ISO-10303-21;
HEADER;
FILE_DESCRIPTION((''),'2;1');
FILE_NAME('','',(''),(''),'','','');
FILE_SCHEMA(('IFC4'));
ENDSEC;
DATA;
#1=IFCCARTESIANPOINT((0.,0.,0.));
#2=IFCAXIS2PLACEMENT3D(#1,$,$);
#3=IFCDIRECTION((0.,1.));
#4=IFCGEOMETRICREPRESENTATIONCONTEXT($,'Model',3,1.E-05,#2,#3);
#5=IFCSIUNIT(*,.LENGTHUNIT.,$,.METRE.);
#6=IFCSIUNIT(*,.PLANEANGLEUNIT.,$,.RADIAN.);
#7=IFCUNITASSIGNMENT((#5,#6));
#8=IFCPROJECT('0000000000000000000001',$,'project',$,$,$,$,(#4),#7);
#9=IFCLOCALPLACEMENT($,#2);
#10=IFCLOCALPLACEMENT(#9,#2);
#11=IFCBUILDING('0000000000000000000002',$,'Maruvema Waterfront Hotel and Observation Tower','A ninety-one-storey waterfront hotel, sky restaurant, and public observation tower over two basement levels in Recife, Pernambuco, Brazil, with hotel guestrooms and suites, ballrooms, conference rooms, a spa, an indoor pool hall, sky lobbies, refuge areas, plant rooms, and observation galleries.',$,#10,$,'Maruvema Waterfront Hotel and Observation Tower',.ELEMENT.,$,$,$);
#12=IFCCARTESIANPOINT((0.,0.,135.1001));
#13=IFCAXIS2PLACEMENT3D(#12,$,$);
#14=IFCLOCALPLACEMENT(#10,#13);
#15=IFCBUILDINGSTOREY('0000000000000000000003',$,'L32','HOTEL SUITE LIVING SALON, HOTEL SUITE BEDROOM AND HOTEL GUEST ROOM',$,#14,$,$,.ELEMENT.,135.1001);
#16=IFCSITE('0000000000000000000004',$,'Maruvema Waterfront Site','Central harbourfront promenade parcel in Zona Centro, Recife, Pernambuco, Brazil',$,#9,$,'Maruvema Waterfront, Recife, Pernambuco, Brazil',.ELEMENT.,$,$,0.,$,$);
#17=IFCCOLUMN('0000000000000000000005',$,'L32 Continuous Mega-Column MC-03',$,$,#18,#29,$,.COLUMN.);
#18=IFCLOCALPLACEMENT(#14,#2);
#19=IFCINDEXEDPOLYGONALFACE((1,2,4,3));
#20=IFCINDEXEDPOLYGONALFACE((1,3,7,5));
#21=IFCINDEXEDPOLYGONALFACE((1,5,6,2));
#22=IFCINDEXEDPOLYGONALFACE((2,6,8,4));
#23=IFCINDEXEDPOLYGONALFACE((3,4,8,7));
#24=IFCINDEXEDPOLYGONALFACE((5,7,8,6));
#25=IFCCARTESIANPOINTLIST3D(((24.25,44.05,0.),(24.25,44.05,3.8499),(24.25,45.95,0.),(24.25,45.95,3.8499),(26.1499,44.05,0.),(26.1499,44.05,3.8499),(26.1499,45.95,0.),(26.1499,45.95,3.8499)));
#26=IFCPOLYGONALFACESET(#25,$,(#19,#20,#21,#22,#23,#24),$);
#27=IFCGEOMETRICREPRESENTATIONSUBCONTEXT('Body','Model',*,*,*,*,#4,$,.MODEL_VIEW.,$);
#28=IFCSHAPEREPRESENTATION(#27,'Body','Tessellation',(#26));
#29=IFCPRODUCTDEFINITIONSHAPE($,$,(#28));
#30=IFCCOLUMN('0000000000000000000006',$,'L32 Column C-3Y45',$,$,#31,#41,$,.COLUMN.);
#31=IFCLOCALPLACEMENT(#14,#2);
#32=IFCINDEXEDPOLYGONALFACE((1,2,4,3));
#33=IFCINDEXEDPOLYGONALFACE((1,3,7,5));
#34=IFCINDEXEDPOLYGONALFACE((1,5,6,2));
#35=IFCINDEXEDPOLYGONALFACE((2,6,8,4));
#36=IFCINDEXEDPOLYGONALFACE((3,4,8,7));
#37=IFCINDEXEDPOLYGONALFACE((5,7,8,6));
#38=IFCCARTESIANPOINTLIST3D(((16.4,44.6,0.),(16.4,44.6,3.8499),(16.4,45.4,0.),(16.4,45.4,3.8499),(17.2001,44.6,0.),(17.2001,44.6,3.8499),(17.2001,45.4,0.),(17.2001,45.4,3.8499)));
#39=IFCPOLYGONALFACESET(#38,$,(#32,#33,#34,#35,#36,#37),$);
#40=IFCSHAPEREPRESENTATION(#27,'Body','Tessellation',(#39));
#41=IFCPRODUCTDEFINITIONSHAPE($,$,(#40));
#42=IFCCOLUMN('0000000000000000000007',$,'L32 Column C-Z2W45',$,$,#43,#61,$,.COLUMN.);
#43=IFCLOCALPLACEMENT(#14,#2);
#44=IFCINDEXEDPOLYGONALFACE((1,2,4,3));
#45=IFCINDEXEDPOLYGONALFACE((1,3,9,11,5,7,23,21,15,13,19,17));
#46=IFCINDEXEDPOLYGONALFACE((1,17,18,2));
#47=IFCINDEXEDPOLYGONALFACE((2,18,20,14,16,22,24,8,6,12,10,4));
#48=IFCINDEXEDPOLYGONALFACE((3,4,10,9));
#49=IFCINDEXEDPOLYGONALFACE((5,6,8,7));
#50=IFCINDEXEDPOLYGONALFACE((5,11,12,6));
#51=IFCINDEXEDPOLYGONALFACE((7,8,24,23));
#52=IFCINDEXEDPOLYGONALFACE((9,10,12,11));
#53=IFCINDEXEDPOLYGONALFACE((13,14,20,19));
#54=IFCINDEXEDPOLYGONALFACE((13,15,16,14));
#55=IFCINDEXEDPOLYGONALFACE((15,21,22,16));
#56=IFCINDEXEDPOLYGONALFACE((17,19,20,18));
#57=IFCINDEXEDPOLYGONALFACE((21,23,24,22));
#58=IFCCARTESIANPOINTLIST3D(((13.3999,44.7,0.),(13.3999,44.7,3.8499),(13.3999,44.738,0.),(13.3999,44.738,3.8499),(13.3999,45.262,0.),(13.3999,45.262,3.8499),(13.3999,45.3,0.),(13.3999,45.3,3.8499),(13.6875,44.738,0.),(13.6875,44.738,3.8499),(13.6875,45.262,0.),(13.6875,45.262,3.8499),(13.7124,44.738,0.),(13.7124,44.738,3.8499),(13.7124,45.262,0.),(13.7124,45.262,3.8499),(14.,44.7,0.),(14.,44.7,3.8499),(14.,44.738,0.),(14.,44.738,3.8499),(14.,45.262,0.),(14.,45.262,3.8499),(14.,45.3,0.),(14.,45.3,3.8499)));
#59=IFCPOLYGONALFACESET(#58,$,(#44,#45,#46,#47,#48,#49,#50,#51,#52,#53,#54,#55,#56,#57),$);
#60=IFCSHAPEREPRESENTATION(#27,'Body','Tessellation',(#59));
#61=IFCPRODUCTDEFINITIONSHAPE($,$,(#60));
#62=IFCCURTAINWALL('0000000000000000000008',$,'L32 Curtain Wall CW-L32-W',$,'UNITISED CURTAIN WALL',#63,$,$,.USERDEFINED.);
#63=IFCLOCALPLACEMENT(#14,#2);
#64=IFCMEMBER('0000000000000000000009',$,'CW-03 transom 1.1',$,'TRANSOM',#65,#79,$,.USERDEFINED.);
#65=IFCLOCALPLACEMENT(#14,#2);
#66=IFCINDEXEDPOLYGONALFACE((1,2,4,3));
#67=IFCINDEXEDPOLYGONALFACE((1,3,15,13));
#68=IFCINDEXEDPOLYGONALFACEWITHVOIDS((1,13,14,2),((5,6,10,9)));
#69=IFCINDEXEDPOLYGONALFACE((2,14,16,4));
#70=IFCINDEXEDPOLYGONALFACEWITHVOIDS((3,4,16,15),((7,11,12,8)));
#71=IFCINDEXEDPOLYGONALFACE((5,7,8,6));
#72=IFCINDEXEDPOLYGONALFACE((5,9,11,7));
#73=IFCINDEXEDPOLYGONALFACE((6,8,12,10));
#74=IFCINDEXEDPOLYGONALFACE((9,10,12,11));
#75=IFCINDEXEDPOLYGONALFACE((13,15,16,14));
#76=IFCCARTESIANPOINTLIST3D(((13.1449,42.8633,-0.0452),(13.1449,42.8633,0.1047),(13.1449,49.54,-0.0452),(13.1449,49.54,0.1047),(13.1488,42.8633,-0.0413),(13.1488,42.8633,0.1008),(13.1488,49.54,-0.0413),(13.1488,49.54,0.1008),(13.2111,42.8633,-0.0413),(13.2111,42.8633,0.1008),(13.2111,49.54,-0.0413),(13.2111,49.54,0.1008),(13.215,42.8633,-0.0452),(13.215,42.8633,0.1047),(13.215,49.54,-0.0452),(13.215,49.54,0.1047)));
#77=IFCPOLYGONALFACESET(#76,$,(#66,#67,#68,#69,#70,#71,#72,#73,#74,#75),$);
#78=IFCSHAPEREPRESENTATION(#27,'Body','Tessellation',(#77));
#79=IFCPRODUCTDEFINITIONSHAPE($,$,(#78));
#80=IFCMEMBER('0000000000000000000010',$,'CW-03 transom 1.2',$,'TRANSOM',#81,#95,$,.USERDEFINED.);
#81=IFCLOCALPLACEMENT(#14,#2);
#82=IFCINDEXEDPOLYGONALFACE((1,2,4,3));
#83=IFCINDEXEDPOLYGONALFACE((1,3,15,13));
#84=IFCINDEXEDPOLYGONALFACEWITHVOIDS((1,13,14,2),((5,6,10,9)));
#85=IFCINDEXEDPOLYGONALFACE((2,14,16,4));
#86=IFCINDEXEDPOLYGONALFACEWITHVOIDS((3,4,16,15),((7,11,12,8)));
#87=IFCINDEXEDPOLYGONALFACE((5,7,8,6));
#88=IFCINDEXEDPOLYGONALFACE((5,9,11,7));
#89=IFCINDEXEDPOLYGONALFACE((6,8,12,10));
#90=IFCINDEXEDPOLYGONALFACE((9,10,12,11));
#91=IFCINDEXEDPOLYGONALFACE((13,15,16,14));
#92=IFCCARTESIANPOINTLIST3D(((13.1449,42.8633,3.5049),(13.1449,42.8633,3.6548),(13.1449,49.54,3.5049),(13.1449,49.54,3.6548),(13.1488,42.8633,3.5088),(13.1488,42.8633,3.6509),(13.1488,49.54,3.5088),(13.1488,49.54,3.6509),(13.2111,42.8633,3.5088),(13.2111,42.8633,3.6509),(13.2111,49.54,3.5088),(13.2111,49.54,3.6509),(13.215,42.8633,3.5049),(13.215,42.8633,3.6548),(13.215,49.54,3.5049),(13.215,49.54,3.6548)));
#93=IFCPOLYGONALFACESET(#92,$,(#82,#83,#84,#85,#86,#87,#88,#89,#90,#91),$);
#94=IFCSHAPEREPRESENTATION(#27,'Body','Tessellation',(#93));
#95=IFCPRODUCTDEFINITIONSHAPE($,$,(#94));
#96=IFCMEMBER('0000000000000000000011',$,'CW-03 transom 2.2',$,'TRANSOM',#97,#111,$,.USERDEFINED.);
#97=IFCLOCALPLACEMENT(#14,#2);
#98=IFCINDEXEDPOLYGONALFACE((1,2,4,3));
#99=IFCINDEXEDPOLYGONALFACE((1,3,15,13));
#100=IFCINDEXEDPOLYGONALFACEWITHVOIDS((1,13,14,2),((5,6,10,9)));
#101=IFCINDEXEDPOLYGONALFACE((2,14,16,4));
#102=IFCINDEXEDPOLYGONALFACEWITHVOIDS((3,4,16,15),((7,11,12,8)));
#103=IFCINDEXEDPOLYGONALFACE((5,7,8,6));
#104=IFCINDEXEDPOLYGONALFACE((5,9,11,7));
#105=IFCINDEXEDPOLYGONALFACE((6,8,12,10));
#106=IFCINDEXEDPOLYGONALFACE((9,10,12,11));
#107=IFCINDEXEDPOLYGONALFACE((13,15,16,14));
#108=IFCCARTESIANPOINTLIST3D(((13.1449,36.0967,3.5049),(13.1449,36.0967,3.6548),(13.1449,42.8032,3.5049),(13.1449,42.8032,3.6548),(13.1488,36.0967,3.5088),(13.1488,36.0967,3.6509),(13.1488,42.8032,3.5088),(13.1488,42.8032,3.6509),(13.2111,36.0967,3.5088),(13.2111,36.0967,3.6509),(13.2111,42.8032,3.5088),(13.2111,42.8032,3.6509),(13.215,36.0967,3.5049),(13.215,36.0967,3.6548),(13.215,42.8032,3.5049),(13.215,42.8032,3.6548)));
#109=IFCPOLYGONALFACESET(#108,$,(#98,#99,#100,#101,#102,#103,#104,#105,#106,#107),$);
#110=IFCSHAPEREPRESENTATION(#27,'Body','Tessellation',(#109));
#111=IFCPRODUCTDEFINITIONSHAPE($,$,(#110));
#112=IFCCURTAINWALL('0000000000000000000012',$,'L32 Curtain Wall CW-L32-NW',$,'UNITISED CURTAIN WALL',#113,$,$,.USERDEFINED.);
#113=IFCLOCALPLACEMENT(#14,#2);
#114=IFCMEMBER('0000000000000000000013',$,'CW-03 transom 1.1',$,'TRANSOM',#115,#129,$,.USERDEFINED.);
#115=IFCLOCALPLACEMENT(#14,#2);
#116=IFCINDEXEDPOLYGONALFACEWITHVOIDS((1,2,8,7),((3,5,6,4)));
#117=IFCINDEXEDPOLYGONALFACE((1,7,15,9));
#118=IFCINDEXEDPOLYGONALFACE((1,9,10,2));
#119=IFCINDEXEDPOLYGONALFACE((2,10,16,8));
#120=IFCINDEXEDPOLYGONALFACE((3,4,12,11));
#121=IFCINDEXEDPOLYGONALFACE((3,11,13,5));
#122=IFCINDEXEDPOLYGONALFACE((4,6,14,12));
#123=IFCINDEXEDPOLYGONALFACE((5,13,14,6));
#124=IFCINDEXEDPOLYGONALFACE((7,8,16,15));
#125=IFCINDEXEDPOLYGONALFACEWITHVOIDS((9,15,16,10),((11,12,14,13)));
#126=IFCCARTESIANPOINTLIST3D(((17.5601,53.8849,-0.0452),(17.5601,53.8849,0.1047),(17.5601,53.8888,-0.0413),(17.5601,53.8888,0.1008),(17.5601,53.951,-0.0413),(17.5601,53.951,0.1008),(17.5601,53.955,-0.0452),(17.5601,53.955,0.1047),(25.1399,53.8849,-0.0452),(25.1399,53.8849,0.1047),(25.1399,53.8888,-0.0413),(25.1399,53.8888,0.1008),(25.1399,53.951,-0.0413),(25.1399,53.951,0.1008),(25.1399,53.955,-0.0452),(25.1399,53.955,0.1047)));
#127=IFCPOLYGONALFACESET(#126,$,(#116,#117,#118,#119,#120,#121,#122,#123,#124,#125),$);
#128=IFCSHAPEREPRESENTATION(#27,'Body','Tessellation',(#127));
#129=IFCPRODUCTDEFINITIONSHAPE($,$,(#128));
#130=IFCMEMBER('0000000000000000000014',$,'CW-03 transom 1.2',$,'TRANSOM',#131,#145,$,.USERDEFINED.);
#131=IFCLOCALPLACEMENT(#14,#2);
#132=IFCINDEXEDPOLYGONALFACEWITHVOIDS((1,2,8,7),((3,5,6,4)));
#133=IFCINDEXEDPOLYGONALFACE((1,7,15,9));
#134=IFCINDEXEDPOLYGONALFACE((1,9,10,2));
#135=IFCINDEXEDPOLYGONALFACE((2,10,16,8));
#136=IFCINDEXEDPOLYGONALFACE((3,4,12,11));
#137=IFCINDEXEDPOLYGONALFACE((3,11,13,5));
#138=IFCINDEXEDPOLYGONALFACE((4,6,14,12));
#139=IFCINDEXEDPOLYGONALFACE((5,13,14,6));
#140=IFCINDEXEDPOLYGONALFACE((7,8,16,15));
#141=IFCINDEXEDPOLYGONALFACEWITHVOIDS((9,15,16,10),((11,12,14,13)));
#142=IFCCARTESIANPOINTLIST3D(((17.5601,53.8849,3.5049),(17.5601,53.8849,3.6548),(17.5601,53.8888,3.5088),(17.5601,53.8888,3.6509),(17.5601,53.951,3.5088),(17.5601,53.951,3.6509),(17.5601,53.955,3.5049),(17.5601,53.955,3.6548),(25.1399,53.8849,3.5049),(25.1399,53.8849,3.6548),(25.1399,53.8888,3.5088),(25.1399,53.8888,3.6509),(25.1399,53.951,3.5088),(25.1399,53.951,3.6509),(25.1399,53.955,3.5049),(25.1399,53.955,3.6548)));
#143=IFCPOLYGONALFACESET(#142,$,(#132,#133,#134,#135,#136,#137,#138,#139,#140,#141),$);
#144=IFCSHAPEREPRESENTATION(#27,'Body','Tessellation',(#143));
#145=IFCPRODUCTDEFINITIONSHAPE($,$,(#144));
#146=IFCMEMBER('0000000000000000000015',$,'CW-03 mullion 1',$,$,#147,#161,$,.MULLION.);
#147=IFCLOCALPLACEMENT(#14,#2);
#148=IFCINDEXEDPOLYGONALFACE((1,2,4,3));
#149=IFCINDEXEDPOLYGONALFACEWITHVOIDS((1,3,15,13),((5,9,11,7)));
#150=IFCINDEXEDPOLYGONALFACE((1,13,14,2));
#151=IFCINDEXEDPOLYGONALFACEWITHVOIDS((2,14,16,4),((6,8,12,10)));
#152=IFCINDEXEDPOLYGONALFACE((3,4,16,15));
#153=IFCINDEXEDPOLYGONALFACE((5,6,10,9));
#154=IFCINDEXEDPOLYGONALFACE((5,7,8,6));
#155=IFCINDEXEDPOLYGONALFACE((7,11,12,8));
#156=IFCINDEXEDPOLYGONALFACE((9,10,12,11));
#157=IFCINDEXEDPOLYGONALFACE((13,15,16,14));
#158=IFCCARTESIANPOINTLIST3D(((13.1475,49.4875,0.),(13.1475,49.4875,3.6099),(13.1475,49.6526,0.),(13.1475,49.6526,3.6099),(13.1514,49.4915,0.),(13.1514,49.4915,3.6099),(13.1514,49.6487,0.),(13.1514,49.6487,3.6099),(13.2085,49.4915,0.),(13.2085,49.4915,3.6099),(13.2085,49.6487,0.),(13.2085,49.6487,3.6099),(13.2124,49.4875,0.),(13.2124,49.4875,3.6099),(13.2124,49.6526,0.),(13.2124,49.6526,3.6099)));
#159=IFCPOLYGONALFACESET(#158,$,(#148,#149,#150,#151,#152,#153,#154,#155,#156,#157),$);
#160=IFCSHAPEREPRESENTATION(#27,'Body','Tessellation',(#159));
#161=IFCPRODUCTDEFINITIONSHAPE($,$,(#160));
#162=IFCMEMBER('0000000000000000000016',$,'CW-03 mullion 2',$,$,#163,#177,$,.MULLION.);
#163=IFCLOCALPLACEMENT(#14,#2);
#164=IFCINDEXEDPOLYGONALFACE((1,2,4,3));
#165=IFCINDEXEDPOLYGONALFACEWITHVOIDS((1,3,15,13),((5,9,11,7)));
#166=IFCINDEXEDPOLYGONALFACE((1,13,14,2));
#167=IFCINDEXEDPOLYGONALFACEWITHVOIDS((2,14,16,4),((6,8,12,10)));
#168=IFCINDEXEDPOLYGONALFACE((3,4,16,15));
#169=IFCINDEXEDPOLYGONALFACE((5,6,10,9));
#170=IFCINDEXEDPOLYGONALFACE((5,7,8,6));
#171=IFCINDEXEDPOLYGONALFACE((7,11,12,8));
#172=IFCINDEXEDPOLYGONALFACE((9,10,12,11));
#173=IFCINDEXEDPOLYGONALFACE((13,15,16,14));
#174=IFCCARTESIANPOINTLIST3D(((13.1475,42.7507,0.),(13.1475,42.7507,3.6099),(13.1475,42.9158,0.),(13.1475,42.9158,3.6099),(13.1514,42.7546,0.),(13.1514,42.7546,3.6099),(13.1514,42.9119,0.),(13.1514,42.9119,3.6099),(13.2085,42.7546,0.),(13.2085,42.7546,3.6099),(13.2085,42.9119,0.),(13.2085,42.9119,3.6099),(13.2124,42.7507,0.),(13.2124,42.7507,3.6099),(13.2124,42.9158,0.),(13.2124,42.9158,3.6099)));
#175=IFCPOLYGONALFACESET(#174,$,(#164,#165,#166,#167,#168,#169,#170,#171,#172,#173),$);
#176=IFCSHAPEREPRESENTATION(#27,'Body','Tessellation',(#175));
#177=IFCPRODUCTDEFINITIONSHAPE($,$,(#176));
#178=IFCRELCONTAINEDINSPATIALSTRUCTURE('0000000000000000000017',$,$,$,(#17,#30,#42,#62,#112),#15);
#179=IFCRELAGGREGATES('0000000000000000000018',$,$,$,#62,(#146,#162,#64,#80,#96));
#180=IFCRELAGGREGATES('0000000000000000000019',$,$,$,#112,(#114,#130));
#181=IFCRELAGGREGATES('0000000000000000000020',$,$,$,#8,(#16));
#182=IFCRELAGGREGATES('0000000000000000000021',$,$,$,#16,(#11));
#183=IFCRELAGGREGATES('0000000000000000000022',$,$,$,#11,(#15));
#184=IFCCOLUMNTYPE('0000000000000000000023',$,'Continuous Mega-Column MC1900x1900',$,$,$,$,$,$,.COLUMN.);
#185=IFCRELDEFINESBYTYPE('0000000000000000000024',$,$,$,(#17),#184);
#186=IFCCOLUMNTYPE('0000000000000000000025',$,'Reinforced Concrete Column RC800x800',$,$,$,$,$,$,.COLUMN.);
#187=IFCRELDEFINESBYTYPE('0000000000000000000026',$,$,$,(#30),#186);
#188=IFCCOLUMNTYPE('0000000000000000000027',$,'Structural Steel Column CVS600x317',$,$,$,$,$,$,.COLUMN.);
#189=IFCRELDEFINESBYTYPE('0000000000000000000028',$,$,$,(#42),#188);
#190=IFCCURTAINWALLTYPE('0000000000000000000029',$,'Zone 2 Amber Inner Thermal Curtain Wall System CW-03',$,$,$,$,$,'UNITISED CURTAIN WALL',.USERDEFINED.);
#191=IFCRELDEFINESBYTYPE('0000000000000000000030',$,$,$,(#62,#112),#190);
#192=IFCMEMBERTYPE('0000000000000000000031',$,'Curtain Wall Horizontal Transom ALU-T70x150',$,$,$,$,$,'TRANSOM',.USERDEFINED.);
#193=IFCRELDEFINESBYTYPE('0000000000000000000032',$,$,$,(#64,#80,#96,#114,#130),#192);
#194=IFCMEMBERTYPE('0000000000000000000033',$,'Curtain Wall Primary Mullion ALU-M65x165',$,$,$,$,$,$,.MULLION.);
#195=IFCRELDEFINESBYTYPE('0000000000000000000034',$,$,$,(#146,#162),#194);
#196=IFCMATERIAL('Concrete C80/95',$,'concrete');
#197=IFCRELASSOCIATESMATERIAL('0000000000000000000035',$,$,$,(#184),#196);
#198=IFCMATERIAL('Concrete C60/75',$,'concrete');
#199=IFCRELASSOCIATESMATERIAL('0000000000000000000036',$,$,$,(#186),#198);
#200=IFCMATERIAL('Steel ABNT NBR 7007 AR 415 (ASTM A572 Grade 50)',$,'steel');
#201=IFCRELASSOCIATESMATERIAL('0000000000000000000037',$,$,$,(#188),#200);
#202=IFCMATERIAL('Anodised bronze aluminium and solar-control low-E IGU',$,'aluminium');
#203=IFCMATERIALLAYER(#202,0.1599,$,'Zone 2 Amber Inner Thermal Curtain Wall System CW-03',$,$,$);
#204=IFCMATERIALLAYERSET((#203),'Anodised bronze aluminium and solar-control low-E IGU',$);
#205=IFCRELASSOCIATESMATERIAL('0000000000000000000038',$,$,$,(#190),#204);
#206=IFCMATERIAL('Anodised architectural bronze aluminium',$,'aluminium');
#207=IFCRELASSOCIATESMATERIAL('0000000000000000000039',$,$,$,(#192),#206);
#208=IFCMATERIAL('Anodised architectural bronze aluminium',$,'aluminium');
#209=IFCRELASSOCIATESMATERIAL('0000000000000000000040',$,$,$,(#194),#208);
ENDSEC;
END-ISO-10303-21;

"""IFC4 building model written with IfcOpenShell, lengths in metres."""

from ifc_helpers import new_model, si_unit, direction, frame, origin, origin_2d, place, context, subcontext, project, spatial, rectangle, hollow_rectangle, i_section, extrude, material, layer, layer_set, material_profile, profile_set, type_object, element, aggregate, save


model = new_model("IFC4")

# Units and contexts
model_context = context("Model", 3, precision=1e-05, world=origin(), true_north=direction((0.0, 1.0)))
body_context = subcontext(model_context, "Body", "Model", "MODEL_VIEW")
ifc_project = project(units=[si_unit("LENGTHUNIT", "METRE"), si_unit("PLANEANGLEUNIT", "RADIAN")], contexts=[model_context])

# Site, building, storey
site_placement = place(None, origin())
site = spatial("IfcSite", under=ifc_project, at=site_placement, Name="Maruvema Waterfront Site", Description="Central harbourfront promenade parcel in Zona Centro, Recife, Pernambuco, Brazil", LongName="Maruvema Waterfront, Recife, Pernambuco, Brazil", CompositionType="ELEMENT", RefElevation=0.0)
building_placement = place(site_placement, origin())
building = spatial("IfcBuilding", under=site, at=building_placement, Name="Maruvema Waterfront Hotel and Observation Tower", Description="A ninety-one-storey waterfront hotel, sky restaurant, and public observation tower over two basement levels in Recife, Pernambuco, Brazil, with hotel guestrooms and suites, ballrooms, conference rooms, a spa, an indoor pool hall, sky lobbies, refuge areas, plant rooms, and observation galleries.", LongName="Maruvema Waterfront Hotel and Observation Tower", CompositionType="ELEMENT")
storey_placement = place(building_placement, frame((0.0, 0.0, 135.1001)))
storey = spatial("IfcBuildingStorey", under=building, at=storey_placement, Name="L32", Description="HOTEL SUITE LIVING SALON, HOTEL SUITE BEDROOM AND HOTEL GUEST ROOM", CompositionType="ELEMENT", Elevation=135.1001)

# Columns
ifc_material_1 = material(Name="Concrete C80/95", Category="concrete")
ifc_material_profile_1 = material_profile(ifc_material_1, rectangle(XDim=1.8999, YDim=1.8999, at=origin_2d()), Name="MC1900x1900")
ifc_profile_set_1 = profile_set([ifc_material_profile_1], Name="Concrete C80/95")
column_type_1 = type_object("IfcColumnType", Name="Continuous Mega-Column MC1900x1900", PredefinedType="COLUMN", material=ifc_profile_set_1)
column_1_placement = place(storey_placement, frame((25.2, 45.0, 0.0), z_axis=(0.0, 0.0, 1.0), x_axis=(1.0, 0.0, 0.0)))
element("IfcColumn", 1, at=column_1_placement, inside=storey, type_object=column_type_1, Name="L32 Continuous Mega-Column MC-03", PredefinedType="COLUMN", context=body_context, shape_type="SweptSolid", body=[
    extrude(rectangle(XDim=1.8999, YDim=1.8999, at=origin_2d()), origin(), (0.0, 0.0, 1.0), 3.8499),
])
ifc_material_2 = material(Name="Concrete C60/75", Category="concrete")
ifc_material_profile_2 = material_profile(ifc_material_2, rectangle(XDim=0.8, YDim=0.8, at=origin_2d()), Name="RC800x800")
ifc_profile_set_2 = profile_set([ifc_material_profile_2], Name="Concrete C60/75")
column_type_2 = type_object("IfcColumnType", Name="Reinforced Concrete Column RC800x800", PredefinedType="COLUMN", material=ifc_profile_set_2)
column_2_placement = place(storey_placement, frame((16.8, 45.0, 0.0), z_axis=(0.0, 0.0, 1.0), x_axis=(1.0, 0.0, 0.0)))
element("IfcColumn", 2, at=column_2_placement, inside=storey, type_object=column_type_2, Name="L32 Column C-3Y45", PredefinedType="COLUMN", context=body_context, shape_type="SweptSolid", body=[
    extrude(rectangle(XDim=0.8, YDim=0.8, at=origin_2d()), origin(), (0.0, 0.0, 1.0), 3.8499),
])
ifc_material_3 = material(Name="Steel ABNT NBR 7007 AR 415 (ASTM A572 Grade 50)", Category="steel")
ifc_material_profile_3 = material_profile(ifc_material_3, i_section(OverallWidth=0.6001, OverallDepth=0.6001, WebThickness=0.0249, FlangeThickness=0.0381, at=origin_2d()), Name="CVS600x317")
ifc_profile_set_3 = profile_set([ifc_material_profile_3], Name="Steel ABNT NBR 7007 AR 415 (ASTM A572 Grade 50)")
column_type_3 = type_object("IfcColumnType", Name="Structural Steel Column CVS600x317", PredefinedType="COLUMN", material=ifc_profile_set_3)
column_3_placement = place(storey_placement, frame((13.7, 45.0, 0.0), z_axis=(0.0, 0.0, 1.0), x_axis=(1.0, 0.0, 0.0)))
element("IfcColumn", 3, at=column_3_placement, inside=storey, type_object=column_type_3, Name="L32 Column C-Z2W45", PredefinedType="COLUMN", context=body_context, shape_type="SweptSolid", body=[
    extrude(i_section(OverallWidth=0.6001, OverallDepth=0.6001, WebThickness=0.0249, FlangeThickness=0.0381, at=origin_2d()), origin(), (0.0, 0.0, 1.0), 3.8499),
])

# Curtain walls, members
ifc_material_4 = material(Name="Anodised bronze aluminium and solar-control low-E IGU", Category="aluminium")
ifc_layer_1 = layer(ifc_material_4, 0.1599, Name="Zone 2 Amber Inner Thermal Curtain Wall System CW-03")
ifc_layer_set_1 = layer_set([ifc_layer_1], Name="Anodised bronze aluminium and solar-control low-E IGU")
curtain_wall_type = type_object("IfcCurtainWallType", Name="Zone 2 Amber Inner Thermal Curtain Wall System CW-03", ElementType="UNITISED CURTAIN WALL", PredefinedType="USERDEFINED", material=ifc_layer_set_1)
curtain_wall_1_placement = place(storey_placement, origin())
curtain_wall_1 = element("IfcCurtainWall", 4, at=curtain_wall_1_placement, inside=storey, type_object=curtain_wall_type, Name="L32 Curtain Wall CW-L32-W", ObjectType="UNITISED CURTAIN WALL", PredefinedType="USERDEFINED")
ifc_material_5 = material(Name="Anodised architectural bronze aluminium", Category="aluminium")
ifc_material_profile_4 = material_profile(ifc_material_5, hollow_rectangle(XDim=0.0701, YDim=0.1499, WallThickness=0.0039, at=origin_2d()), Name="ALU-T70x150")
ifc_profile_set_4 = profile_set([ifc_material_profile_4], Name="Anodised architectural bronze aluminium")
member_type_1 = type_object("IfcMemberType", Name="Curtain Wall Horizontal Transom ALU-T70x150", ElementType="TRANSOM", PredefinedType="USERDEFINED", material=ifc_profile_set_4)
member_1_placement = place(storey_placement, frame((13.1799, 49.54, 0.0298), z_axis=(0.0, -1.0, 0.0), x_axis=(1.0, 0.0, 0.0)))
member_1 = element("IfcMember", 5, at=member_1_placement, type_object=member_type_1, Name="CW-03 transom 1.1", ObjectType="TRANSOM", PredefinedType="USERDEFINED", context=body_context, shape_type="SweptSolid", body=[
    extrude(hollow_rectangle(XDim=0.0701, YDim=0.1499, WallThickness=0.0039, at=origin_2d()), origin(), (0.0, 0.0, 1.0), 6.6768),
])
member_2_placement = place(storey_placement, frame((13.1799, 49.54, 3.5798), z_axis=(0.0, -1.0, 0.0), x_axis=(1.0, 0.0, 0.0)))
member_2 = element("IfcMember", 6, at=member_2_placement, type_object=member_type_1, Name="CW-03 transom 1.2", ObjectType="TRANSOM", PredefinedType="USERDEFINED", context=body_context, shape_type="SweptSolid", body=[
    extrude(hollow_rectangle(XDim=0.0701, YDim=0.1499, WallThickness=0.0039, at=origin_2d()), origin(), (0.0, 0.0, 1.0), 6.6768),
])
member_3_placement = place(storey_placement, frame((13.1799, 42.8032, 3.5798), z_axis=(0.0, -1.0, 0.0), x_axis=(1.0, 0.0, 0.0)))
member_3 = element("IfcMember", 7, at=member_3_placement, type_object=member_type_1, Name="CW-03 transom 2.2", ObjectType="TRANSOM", PredefinedType="USERDEFINED", context=body_context, shape_type="SweptSolid", body=[
    extrude(hollow_rectangle(XDim=0.0701, YDim=0.1499, WallThickness=0.0039, at=origin_2d()), origin(), (0.0, 0.0, 1.0), 6.7065),
])
curtain_wall_2_placement = place(storey_placement, origin())
curtain_wall_2 = element("IfcCurtainWall", 8, at=curtain_wall_2_placement, inside=storey, type_object=curtain_wall_type, Name="L32 Curtain Wall CW-L32-NW", ObjectType="UNITISED CURTAIN WALL", PredefinedType="USERDEFINED")
member_4_placement = place(storey_placement, frame((25.1399, 53.9199, 0.0298), z_axis=(-1.0, 0.0, 0.0), x_axis=(0.0, -1.0, 0.0)))
member_4 = element("IfcMember", 9, at=member_4_placement, type_object=member_type_1, Name="CW-03 transom 1.1", ObjectType="TRANSOM", PredefinedType="USERDEFINED", context=body_context, shape_type="SweptSolid", body=[
    extrude(hollow_rectangle(XDim=0.0701, YDim=0.1499, WallThickness=0.0039, at=origin_2d()), origin(), (0.0, 0.0, 1.0), 7.5798),
])
member_5_placement = place(storey_placement, frame((25.1399, 53.9199, 3.5798), z_axis=(-1.0, 0.0, 0.0), x_axis=(0.0, -1.0, 0.0)))
member_5 = element("IfcMember", 10, at=member_5_placement, type_object=member_type_1, Name="CW-03 transom 1.2", ObjectType="TRANSOM", PredefinedType="USERDEFINED", context=body_context, shape_type="SweptSolid", body=[
    extrude(hollow_rectangle(XDim=0.0701, YDim=0.1499, WallThickness=0.0039, at=origin_2d()), origin(), (0.0, 0.0, 1.0), 7.5798),
])

# Members
ifc_material_6 = material(Name="Anodised architectural bronze aluminium", Category="aluminium")
ifc_material_profile_5 = material_profile(ifc_material_6, hollow_rectangle(XDim=0.0649, YDim=0.165, WallThickness=0.0039, at=origin_2d()), Name="ALU-M65x165")
ifc_profile_set_5 = profile_set([ifc_material_profile_5], Name="Anodised architectural bronze aluminium")
member_type_2 = type_object("IfcMemberType", Name="Curtain Wall Primary Mullion ALU-M65x165", PredefinedType="MULLION", material=ifc_profile_set_5)
member_6_placement = place(storey_placement, frame((13.1799, 49.5701, 0.0), z_axis=(0.0, 0.0, 1.0), x_axis=(1.0, 0.0, 0.0)))
member_6 = element("IfcMember", 11, at=member_6_placement, type_object=member_type_2, Name="CW-03 mullion 1", PredefinedType="MULLION", context=body_context, shape_type="SweptSolid", body=[
    extrude(hollow_rectangle(XDim=0.0649, YDim=0.165, WallThickness=0.0039, at=origin_2d()), origin(), (0.0, 0.0, 1.0), 3.6099),
])
member_7_placement = place(storey_placement, frame((13.1799, 42.8333, 0.0), z_axis=(0.0, 0.0, 1.0), x_axis=(1.0, 0.0, 0.0)))
member_7 = element("IfcMember", 12, at=member_7_placement, type_object=member_type_2, Name="CW-03 mullion 2", PredefinedType="MULLION", context=body_context, shape_type="SweptSolid", body=[
    extrude(hollow_rectangle(XDim=0.0649, YDim=0.165, WallThickness=0.0039, at=origin_2d()), origin(), (0.0, 0.0, 1.0), 3.6099),
])

aggregate(curtain_wall_1, [member_6, member_7, member_1, member_2, member_3])
aggregate(curtain_wall_2, [member_4, member_5])

save(model, "model.ifc")
